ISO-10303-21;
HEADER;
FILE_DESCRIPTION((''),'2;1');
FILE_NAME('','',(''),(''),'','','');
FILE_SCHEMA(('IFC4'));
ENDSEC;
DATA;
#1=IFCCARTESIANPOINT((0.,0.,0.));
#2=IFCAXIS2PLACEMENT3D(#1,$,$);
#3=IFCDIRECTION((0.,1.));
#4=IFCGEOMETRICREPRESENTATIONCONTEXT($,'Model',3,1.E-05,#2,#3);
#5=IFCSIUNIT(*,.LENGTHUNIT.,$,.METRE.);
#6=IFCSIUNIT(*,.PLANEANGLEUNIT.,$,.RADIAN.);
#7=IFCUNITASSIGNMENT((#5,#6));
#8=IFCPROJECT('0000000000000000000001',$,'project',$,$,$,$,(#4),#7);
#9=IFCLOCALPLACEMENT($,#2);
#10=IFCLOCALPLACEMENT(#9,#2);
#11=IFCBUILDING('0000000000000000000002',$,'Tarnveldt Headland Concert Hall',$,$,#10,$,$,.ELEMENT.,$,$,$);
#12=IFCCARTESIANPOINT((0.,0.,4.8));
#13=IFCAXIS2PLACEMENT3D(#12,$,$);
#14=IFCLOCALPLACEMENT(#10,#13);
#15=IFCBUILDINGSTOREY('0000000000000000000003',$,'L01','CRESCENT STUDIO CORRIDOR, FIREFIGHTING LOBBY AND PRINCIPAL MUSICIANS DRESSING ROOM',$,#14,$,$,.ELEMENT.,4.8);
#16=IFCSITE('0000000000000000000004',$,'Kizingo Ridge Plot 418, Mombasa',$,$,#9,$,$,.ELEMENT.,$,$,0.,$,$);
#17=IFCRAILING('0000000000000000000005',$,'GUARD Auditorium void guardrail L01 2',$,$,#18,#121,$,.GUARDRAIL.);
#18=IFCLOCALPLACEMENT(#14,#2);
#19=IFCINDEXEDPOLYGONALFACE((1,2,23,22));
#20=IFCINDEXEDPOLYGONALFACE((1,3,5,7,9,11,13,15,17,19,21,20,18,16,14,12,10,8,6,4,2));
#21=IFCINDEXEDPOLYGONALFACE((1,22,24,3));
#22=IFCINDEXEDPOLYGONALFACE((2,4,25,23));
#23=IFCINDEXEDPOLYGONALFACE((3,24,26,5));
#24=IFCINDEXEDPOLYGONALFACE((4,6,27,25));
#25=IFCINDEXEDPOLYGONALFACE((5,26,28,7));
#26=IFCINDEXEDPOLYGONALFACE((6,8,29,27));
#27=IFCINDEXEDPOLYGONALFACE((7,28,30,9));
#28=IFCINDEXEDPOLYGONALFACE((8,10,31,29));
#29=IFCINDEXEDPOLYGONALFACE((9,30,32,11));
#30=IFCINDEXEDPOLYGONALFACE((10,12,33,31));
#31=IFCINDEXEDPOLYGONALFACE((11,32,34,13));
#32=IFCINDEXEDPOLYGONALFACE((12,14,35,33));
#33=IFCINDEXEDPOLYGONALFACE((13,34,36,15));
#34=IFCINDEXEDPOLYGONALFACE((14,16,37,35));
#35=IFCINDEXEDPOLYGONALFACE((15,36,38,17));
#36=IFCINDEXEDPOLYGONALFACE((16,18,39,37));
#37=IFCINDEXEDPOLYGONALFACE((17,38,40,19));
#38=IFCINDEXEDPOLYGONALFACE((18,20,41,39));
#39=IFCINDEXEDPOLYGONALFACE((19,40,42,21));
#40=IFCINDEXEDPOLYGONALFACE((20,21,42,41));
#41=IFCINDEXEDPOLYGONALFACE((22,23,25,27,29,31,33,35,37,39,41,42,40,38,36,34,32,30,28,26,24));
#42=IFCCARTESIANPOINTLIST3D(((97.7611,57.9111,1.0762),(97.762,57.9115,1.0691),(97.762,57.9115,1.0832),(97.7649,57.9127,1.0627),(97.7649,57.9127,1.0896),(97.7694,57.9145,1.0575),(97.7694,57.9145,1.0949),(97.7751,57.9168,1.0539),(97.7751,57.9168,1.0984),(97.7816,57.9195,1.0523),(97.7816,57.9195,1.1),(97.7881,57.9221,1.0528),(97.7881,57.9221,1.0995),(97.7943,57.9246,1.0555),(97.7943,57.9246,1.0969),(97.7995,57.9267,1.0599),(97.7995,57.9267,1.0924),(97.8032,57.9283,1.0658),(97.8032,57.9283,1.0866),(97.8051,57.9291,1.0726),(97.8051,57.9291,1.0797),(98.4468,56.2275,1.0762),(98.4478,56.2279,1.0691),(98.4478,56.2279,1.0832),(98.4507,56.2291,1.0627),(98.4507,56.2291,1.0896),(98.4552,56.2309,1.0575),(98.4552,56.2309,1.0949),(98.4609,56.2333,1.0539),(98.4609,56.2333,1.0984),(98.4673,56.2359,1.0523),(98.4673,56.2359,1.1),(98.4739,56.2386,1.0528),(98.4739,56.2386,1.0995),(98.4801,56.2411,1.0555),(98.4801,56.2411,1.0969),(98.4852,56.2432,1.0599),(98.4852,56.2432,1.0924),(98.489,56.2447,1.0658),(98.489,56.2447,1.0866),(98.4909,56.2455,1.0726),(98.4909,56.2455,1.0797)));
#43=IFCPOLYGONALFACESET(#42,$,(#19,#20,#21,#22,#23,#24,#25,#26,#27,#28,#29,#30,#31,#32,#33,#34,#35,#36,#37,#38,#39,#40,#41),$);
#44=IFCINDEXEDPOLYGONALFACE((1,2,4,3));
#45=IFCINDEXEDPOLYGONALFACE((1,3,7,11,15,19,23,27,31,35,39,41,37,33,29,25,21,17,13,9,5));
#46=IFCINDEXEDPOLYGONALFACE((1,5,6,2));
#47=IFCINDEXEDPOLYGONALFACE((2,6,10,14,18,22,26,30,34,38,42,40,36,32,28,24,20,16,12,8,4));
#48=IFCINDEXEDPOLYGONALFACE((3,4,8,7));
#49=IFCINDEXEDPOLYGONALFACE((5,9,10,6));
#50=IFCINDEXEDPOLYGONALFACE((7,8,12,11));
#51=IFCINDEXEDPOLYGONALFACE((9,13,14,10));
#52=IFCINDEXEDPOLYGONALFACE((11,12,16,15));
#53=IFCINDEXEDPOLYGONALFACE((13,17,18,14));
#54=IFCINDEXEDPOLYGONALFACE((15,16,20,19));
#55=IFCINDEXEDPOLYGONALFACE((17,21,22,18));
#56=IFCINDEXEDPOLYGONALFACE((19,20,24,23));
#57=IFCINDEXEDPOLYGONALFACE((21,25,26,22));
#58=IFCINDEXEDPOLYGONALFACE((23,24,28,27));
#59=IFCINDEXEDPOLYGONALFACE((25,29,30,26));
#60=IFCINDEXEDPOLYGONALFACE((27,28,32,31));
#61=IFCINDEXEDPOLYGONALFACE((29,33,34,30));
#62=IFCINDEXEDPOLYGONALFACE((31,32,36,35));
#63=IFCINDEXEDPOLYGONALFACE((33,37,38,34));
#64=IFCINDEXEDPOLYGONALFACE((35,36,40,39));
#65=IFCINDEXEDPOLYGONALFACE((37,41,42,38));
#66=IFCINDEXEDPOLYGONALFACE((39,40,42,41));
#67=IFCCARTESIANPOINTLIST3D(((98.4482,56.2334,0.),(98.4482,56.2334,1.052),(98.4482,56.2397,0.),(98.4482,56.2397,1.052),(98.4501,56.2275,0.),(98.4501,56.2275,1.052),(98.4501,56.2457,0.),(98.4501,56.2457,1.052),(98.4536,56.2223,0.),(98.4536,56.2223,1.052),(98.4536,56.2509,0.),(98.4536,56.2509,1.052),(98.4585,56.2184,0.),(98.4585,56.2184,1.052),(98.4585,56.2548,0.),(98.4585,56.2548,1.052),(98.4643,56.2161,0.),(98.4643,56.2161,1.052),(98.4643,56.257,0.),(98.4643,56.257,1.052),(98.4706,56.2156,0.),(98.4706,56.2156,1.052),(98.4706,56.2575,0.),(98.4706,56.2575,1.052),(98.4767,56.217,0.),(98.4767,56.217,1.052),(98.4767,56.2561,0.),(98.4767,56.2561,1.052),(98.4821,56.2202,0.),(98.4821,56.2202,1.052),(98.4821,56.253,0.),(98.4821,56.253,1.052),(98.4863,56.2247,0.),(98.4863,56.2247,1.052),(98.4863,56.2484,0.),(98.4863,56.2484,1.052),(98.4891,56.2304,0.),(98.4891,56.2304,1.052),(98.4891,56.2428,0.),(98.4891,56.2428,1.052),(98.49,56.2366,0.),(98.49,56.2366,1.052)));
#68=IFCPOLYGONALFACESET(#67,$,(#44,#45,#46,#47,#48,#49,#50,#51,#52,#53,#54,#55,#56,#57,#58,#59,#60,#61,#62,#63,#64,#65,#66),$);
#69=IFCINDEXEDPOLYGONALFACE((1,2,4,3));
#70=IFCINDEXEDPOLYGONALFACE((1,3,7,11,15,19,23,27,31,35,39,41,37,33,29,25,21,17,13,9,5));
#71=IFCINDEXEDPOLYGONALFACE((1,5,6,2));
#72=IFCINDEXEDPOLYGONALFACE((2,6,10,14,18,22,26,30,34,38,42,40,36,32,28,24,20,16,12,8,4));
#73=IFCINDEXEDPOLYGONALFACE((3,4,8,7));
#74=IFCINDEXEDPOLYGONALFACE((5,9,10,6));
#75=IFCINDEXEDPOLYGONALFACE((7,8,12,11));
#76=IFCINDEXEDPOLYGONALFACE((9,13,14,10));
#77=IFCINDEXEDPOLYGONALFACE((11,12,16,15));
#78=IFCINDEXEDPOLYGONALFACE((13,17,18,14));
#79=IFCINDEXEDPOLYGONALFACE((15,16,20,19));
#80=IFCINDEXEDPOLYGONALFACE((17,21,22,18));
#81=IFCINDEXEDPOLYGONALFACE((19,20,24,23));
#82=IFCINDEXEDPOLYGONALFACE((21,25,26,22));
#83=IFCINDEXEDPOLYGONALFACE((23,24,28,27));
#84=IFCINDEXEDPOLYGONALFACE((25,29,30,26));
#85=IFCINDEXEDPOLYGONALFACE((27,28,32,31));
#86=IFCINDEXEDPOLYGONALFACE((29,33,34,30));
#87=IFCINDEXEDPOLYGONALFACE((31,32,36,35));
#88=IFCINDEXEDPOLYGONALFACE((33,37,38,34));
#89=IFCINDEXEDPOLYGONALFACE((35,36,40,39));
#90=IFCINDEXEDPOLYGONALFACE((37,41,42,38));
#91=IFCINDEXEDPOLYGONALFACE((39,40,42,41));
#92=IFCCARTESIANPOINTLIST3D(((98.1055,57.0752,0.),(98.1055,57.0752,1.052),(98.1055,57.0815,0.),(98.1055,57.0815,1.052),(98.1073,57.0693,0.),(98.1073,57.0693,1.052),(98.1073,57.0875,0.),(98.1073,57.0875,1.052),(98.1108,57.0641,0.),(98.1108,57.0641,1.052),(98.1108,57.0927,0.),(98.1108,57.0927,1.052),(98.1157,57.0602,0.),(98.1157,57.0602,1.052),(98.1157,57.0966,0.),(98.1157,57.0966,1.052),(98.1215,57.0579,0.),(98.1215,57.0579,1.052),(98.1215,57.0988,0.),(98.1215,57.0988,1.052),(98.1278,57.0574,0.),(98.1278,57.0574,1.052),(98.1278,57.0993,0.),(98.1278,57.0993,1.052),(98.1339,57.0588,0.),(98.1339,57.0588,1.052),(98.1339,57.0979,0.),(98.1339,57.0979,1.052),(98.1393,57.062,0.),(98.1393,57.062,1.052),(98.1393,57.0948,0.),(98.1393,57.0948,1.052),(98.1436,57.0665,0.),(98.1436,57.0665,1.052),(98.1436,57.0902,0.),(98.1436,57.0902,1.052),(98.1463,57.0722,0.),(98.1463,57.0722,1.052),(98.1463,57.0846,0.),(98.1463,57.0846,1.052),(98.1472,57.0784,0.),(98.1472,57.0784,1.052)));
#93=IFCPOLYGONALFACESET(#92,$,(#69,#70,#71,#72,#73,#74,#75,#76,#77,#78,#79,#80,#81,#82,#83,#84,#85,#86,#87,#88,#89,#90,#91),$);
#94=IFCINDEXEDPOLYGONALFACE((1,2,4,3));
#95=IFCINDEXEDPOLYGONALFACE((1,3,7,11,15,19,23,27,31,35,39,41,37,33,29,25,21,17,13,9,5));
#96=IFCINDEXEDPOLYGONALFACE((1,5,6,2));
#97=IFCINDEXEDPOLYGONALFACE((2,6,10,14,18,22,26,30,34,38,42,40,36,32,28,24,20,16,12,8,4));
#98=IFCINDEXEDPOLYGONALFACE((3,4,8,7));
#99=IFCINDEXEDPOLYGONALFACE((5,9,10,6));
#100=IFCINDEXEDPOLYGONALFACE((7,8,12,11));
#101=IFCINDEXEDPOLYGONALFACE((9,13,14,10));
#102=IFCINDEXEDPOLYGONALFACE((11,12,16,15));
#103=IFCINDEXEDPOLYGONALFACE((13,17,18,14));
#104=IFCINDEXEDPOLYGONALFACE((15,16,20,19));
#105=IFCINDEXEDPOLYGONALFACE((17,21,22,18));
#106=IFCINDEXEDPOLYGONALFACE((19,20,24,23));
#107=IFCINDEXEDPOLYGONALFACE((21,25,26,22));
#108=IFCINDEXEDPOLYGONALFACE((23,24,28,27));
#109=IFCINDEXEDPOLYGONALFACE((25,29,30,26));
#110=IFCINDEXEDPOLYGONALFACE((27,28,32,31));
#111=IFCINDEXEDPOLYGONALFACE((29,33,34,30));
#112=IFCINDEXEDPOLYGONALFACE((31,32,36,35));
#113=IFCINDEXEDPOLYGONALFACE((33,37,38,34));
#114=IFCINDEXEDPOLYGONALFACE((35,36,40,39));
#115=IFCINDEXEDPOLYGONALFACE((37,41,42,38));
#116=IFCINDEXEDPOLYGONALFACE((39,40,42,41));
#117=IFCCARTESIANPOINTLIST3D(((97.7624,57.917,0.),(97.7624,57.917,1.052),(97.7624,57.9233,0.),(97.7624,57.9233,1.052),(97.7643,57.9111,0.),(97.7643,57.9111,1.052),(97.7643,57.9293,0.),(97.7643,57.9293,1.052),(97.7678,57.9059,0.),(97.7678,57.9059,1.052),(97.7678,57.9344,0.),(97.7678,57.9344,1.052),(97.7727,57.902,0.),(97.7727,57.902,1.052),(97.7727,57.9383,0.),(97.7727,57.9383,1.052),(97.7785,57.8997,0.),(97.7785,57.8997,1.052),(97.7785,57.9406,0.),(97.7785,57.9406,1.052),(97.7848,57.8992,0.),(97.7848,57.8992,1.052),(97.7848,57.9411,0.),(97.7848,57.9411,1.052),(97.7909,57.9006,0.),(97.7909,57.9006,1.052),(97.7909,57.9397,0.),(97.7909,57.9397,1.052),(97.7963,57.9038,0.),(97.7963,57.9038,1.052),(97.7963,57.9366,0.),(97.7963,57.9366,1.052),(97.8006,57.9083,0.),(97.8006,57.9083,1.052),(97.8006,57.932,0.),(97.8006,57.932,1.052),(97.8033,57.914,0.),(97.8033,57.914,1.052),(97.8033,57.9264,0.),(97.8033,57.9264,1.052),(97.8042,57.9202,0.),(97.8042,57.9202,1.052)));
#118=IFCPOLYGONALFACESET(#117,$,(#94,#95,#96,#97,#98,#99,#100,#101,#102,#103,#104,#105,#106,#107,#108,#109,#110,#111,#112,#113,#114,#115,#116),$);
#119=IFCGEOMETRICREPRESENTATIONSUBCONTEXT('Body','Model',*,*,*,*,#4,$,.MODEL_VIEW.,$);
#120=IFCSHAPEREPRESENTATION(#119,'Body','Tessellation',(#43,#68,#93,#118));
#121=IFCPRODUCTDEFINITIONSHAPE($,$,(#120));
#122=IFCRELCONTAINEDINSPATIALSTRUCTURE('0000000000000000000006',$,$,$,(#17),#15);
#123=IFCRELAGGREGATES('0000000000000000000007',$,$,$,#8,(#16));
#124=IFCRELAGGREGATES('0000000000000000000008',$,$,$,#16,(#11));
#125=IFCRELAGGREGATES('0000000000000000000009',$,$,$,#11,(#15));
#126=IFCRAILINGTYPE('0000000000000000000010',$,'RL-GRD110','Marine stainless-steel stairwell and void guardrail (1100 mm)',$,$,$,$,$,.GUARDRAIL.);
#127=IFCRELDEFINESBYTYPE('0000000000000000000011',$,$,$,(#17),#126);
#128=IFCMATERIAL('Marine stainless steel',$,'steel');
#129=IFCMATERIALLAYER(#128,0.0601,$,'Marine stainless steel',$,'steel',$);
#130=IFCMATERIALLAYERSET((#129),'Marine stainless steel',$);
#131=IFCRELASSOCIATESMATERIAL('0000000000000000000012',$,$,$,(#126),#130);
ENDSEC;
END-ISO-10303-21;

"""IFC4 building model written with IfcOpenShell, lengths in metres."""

from ifc_helpers import new_model, si_unit, direction, frame, origin, origin_2d, place, context, subcontext, project, spatial, circle, extrude, material, layer, layer_set, type_object, element, save


model = new_model("IFC4")

# Units and contexts
model_context = context("Model", 3, precision=1e-05, world=origin(), true_north=direction((0.0, 1.0)))
body_context = subcontext(model_context, "Body", "Model", "MODEL_VIEW")
ifc_project = project(units=[si_unit("LENGTHUNIT", "METRE"), si_unit("PLANEANGLEUNIT", "RADIAN")], contexts=[model_context])

# Site, building, storey
site_placement = place(None, origin())
site = spatial("IfcSite", under=ifc_project, at=site_placement, Name="Kizingo Ridge Plot 418, Mombasa", CompositionType="ELEMENT", RefElevation=0.0)
building_placement = place(site_placement, origin())
building = spatial("IfcBuilding", under=site, at=building_placement, Name="Tarnveldt Headland Concert Hall", CompositionType="ELEMENT")
storey_placement = place(building_placement, frame((0.0, 0.0, 4.8)))
storey = spatial("IfcBuildingStorey", under=building, at=storey_placement, Name="L01", Description="CRESCENT STUDIO CORRIDOR, FIREFIGHTING LOBBY AND PRINCIPAL MUSICIANS DRESSING ROOM", CompositionType="ELEMENT", Elevation=4.8)

# Railing
ifc_material_1 = material(Name="Marine stainless steel", Category="steel")
ifc_layer_1 = layer(ifc_material_1, 0.0601, Name="Marine stainless steel", Category="steel")
ifc_layer_set_1 = layer_set([ifc_layer_1], Name="Marine stainless steel")
railing_type = type_object("IfcRailingType", Name="RL-GRD110", Description="Marine stainless-steel stairwell and void guardrail (1100 mm)", PredefinedType="GUARDRAIL", material=ifc_layer_set_1)
railing_1_placement = place(storey_placement, frame((98.469, 56.2366, 0.0)))
element("IfcRailing", 1, at=railing_1_placement, inside=storey, type_object=railing_type, Name="GUARD Auditorium void guardrail L01 2", PredefinedType="GUARDRAIL", context=body_context, shape_type="SweptSolid", body=[
    extrude(circle(Radius=0.0239, at=origin_2d()), frame((0.0, 0.0, 1.0762), z_axis=(-0.377241, 0.926115, 0.0), x_axis=(-0.926115, -0.377241, 0.0)), (0.0, 0.0, 1.0), 1.8179),
    extrude(circle(Radius=0.021, at=origin_2d()), origin(), (0.0, 0.0, 1.0), 1.052),
    extrude(circle(Radius=0.021, at=origin_2d()), frame((-0.3428, 0.8418, 0.0)), (0.0, 0.0, 1.0), 1.052),
    extrude(circle(Radius=0.021, at=origin_2d()), frame((-0.6858, 1.6836, 0.0)), (0.0, 0.0, 1.0), 1.052),
])

save(model, "model.ifc")
